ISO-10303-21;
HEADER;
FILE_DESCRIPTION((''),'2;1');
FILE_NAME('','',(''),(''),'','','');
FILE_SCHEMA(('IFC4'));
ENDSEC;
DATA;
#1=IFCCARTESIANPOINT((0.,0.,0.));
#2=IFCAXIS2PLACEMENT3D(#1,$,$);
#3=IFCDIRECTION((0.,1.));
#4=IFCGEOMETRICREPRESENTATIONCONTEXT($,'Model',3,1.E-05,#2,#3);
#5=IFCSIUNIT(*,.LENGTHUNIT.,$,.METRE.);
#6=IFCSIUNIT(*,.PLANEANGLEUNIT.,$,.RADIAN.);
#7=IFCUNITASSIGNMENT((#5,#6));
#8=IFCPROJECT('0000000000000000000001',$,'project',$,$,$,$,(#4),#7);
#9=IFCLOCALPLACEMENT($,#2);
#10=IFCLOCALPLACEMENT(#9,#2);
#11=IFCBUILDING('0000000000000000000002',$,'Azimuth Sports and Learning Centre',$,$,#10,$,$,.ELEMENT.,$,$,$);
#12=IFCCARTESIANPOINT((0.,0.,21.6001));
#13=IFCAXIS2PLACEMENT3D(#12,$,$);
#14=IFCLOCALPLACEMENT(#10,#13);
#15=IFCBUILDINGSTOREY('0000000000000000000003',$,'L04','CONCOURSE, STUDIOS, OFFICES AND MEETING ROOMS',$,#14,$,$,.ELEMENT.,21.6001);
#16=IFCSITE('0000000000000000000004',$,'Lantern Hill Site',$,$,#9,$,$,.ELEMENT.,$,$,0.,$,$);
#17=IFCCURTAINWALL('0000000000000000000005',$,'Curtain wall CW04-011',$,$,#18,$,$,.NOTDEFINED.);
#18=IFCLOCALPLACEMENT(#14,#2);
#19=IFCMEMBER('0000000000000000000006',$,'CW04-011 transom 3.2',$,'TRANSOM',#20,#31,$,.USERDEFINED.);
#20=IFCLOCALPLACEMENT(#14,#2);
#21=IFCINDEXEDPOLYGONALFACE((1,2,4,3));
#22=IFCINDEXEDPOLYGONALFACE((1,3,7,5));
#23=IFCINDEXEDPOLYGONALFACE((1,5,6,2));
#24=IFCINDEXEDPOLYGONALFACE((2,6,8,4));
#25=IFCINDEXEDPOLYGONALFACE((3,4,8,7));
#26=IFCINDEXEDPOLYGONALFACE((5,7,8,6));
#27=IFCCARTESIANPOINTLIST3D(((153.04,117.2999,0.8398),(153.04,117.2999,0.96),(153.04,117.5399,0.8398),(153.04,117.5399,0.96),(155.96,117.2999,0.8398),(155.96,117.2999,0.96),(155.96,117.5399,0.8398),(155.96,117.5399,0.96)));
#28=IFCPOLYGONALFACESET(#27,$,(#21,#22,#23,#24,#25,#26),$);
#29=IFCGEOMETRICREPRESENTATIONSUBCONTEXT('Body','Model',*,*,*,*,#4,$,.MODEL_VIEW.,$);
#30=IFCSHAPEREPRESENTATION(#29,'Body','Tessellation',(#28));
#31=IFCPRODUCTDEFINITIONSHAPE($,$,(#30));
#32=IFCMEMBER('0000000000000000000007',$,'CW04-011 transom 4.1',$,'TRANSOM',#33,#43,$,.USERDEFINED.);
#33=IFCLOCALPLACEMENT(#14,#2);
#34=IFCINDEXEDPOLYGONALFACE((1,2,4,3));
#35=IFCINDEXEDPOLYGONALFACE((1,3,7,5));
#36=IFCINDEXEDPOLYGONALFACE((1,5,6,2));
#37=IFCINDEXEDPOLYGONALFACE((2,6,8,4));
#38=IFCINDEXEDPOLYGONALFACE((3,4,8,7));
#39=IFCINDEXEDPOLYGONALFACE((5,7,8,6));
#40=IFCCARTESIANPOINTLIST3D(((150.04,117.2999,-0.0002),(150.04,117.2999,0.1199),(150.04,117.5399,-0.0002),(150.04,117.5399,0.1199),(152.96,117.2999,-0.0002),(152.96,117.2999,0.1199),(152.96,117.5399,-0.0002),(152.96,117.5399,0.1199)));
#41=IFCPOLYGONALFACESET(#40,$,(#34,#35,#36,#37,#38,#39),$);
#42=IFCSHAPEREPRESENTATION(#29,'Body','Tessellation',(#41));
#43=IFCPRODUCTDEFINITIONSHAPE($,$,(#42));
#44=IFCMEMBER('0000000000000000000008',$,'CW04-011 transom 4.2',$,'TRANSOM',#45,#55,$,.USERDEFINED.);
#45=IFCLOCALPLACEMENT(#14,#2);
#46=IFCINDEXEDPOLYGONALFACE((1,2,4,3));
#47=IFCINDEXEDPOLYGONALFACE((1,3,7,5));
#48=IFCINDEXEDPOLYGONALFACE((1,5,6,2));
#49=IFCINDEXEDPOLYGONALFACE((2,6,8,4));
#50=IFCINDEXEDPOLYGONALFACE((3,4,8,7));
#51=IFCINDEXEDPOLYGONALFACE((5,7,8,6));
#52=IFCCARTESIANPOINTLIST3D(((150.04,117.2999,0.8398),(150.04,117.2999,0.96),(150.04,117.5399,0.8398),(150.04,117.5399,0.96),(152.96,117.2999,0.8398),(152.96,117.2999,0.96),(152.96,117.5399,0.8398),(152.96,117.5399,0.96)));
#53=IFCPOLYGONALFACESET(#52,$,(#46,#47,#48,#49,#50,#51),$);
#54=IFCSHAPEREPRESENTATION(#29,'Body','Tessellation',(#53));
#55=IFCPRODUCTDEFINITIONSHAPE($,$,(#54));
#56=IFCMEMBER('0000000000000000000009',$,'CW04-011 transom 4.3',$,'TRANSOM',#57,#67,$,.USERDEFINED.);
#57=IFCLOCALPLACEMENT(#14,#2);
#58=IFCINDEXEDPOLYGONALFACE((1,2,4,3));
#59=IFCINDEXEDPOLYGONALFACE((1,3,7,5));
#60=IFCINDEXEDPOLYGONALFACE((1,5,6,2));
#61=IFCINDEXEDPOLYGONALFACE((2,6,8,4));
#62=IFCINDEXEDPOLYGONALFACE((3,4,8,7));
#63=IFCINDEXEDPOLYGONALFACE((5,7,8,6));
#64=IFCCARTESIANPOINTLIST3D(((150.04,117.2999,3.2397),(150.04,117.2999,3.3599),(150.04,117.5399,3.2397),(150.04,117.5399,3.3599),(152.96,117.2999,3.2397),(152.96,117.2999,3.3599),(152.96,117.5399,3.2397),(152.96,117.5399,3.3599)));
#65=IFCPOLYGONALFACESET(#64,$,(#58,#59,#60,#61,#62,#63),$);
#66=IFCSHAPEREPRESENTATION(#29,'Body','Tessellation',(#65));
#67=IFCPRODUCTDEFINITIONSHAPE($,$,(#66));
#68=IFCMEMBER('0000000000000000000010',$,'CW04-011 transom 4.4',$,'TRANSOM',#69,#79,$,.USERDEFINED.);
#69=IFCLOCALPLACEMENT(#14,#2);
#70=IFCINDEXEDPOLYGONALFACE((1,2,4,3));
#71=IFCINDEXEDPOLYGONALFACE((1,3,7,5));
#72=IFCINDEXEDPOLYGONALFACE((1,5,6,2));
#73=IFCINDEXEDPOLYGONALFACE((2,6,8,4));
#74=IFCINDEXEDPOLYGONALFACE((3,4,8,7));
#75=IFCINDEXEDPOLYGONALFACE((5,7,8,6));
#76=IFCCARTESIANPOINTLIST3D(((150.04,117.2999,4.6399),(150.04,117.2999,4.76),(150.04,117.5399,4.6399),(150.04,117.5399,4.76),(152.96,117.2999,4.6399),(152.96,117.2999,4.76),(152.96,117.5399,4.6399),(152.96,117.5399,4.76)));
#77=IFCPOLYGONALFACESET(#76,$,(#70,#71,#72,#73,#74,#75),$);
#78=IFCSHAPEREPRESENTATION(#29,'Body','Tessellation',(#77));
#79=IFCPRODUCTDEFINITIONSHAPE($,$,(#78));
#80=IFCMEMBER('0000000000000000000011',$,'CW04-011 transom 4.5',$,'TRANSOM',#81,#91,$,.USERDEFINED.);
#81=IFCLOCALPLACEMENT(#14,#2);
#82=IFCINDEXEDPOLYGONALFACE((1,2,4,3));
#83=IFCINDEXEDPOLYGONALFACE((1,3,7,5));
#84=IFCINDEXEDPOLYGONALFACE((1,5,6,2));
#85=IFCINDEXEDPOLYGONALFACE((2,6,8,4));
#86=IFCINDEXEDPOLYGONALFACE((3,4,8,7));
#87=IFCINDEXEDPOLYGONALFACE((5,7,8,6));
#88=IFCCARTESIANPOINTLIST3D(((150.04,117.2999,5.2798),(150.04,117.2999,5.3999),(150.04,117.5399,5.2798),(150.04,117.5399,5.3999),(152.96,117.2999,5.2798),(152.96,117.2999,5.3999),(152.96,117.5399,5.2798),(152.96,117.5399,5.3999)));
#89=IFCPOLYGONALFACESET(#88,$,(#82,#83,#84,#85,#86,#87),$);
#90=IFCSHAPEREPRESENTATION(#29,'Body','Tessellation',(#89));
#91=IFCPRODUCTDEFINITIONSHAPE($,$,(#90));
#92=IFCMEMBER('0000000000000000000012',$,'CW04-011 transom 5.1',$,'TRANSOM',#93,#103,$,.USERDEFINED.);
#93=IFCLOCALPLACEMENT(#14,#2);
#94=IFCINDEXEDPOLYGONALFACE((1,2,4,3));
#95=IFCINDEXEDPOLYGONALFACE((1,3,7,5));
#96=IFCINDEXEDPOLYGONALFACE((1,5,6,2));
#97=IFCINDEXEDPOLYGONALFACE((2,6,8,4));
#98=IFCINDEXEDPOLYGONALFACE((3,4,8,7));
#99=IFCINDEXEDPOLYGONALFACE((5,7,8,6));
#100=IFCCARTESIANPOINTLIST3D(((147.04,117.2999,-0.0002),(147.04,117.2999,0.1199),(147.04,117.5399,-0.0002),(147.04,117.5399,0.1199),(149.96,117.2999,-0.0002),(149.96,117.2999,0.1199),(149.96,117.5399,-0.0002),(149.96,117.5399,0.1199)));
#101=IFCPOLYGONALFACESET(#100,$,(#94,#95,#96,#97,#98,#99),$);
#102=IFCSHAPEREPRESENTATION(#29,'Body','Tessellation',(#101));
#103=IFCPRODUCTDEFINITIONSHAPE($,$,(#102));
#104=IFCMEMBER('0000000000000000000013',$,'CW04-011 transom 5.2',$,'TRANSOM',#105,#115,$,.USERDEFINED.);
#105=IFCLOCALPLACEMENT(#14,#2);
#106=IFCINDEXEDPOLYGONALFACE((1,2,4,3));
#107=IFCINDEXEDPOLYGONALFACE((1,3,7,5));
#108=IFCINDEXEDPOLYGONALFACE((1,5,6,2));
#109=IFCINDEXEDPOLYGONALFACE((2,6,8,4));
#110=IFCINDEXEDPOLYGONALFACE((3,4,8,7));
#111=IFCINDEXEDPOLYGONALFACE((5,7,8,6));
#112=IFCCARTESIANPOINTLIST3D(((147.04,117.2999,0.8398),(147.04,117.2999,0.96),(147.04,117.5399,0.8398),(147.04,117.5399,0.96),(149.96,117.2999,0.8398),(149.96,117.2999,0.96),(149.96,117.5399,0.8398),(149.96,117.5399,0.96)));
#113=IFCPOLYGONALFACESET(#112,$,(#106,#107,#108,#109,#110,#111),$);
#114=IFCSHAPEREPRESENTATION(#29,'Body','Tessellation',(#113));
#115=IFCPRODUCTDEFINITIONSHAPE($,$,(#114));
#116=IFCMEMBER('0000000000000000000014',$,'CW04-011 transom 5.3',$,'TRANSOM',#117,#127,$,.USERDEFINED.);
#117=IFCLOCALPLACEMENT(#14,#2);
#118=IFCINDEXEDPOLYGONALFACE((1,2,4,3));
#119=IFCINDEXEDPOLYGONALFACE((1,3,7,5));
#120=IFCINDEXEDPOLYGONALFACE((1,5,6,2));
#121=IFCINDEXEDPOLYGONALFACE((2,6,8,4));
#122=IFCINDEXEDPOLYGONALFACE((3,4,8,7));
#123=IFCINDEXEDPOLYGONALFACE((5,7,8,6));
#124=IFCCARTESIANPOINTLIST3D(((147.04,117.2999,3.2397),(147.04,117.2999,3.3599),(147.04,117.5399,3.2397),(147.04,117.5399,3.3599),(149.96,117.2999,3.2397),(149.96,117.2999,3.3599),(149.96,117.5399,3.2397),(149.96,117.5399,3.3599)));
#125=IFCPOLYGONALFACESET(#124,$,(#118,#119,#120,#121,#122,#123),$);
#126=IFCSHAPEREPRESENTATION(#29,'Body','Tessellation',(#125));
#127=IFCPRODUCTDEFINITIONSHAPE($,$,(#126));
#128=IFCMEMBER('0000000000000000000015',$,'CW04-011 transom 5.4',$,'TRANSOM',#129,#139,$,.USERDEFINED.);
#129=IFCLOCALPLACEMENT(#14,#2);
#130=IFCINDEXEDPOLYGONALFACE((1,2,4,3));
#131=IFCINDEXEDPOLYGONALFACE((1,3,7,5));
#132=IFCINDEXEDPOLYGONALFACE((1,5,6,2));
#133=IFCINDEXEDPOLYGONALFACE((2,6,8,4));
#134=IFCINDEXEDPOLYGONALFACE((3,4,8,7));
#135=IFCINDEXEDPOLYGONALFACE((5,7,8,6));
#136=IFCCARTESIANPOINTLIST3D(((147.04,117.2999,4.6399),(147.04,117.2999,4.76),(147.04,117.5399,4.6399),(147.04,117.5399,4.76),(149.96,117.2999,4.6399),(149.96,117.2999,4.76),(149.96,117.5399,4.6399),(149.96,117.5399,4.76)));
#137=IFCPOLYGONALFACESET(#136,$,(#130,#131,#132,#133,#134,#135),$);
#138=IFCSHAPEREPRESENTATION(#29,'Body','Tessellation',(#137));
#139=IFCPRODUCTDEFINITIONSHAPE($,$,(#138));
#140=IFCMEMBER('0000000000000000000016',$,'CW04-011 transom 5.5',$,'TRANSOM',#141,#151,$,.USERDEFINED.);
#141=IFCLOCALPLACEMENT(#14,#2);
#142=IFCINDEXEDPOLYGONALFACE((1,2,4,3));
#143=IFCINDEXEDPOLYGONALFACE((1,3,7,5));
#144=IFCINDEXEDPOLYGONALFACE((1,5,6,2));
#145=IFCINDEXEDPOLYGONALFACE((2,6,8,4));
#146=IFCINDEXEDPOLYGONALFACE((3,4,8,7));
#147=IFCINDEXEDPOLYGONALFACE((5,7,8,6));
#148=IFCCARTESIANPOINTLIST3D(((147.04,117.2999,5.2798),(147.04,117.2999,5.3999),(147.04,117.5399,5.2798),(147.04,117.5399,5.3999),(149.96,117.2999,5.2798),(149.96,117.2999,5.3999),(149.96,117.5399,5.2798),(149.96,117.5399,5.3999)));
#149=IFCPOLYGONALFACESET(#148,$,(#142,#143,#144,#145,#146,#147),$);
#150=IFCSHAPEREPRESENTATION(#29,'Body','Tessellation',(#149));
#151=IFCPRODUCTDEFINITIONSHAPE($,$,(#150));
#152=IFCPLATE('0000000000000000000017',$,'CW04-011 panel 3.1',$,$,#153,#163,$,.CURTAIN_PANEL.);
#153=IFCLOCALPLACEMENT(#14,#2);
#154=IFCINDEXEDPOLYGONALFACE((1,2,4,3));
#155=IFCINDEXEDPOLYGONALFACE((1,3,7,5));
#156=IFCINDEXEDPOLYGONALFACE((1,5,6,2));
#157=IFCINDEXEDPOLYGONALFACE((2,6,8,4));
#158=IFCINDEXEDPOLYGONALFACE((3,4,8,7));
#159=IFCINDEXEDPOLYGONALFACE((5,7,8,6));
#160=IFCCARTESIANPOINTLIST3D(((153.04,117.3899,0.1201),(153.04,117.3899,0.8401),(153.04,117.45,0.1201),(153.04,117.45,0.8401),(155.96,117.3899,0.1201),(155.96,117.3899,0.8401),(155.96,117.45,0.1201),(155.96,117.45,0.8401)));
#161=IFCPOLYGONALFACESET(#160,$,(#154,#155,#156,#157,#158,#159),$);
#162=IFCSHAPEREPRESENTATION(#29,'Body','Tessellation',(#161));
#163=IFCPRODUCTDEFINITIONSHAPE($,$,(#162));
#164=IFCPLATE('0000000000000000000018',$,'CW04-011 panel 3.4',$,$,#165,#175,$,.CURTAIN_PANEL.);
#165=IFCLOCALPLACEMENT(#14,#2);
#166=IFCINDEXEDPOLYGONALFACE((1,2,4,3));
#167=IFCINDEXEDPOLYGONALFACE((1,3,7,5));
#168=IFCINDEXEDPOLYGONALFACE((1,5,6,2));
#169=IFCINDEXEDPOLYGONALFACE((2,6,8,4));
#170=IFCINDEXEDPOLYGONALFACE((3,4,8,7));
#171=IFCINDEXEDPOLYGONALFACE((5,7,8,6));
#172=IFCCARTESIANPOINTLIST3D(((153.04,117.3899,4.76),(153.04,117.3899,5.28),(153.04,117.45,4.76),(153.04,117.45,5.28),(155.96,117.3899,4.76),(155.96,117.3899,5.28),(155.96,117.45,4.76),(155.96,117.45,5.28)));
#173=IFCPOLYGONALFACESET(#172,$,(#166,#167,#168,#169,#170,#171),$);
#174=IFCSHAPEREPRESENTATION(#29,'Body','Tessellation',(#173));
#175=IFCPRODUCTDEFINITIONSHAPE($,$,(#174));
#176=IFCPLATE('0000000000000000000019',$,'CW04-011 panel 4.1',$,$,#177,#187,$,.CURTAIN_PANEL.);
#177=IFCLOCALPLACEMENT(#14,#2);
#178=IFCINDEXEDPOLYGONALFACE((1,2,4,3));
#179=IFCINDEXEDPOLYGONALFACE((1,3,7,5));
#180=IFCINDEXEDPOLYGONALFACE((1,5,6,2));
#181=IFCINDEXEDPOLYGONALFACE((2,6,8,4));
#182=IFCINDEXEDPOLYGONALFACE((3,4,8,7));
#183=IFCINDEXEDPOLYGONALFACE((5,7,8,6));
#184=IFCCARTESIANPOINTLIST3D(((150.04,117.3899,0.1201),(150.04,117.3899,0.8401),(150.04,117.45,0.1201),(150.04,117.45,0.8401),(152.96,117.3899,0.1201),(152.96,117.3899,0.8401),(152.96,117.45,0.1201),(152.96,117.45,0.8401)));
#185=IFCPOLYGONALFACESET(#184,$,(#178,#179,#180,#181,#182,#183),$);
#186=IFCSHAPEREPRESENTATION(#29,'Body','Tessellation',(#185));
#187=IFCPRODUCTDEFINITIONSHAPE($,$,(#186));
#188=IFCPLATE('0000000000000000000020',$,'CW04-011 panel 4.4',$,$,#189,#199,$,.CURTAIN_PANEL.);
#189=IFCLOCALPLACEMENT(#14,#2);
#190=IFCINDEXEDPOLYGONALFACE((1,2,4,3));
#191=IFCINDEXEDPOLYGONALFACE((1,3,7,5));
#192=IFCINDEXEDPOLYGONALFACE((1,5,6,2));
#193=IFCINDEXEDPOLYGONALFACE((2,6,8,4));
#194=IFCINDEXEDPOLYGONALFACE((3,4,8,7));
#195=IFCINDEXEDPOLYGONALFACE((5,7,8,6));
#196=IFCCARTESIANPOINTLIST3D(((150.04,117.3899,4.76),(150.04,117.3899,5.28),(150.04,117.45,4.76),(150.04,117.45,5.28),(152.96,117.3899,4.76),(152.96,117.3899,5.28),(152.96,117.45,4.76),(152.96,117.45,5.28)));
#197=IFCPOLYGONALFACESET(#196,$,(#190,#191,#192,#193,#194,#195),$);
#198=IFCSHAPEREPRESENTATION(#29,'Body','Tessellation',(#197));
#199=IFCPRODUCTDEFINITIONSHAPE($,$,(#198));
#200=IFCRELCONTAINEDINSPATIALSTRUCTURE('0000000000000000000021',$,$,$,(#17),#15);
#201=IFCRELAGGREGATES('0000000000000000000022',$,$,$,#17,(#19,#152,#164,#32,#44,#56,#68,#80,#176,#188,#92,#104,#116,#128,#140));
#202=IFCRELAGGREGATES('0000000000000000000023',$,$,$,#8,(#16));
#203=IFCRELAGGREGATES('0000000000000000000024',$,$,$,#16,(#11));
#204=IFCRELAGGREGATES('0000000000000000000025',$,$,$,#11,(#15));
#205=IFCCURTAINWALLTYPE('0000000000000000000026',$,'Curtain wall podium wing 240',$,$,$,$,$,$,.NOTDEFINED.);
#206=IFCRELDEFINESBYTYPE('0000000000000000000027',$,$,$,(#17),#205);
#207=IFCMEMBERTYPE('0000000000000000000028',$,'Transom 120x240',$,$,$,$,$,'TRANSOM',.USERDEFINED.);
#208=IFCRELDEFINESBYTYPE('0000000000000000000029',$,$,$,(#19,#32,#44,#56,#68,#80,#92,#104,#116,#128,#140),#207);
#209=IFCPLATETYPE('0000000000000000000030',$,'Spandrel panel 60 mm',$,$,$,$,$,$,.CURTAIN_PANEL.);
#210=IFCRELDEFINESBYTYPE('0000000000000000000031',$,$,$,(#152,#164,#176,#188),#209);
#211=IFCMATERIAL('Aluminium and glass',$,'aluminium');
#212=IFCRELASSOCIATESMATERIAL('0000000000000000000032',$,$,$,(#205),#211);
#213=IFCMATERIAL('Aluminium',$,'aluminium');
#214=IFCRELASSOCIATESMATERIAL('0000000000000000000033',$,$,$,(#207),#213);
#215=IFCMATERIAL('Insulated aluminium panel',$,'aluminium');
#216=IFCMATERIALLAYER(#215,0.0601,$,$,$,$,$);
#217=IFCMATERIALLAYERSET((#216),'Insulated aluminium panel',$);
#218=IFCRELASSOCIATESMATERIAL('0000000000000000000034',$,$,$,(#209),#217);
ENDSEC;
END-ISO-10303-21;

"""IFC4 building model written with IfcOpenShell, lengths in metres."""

from ifc_helpers import new_model, si_unit, direction, frame, origin, origin_2d, place, context, subcontext, project, spatial, rectangle, extrude, material, layer, layer_set, material_profile, profile_set, type_object, element, aggregate, save


model = new_model("IFC4")

# Units and contexts
model_context = context("Model", 3, precision=1e-05, world=origin(), true_north=direction((0.0, 1.0)))
body_context = subcontext(model_context, "Body", "Model", "MODEL_VIEW")
ifc_project = project(units=[si_unit("LENGTHUNIT", "METRE"), si_unit("PLANEANGLEUNIT", "RADIAN")], contexts=[model_context])

# Site, building, storey
site_placement = place(None, origin())
site = spatial("IfcSite", under=ifc_project, at=site_placement, Name="Lantern Hill Site", CompositionType="ELEMENT", RefElevation=0.0)
building_placement = place(site_placement, origin())
building = spatial("IfcBuilding", under=site, at=building_placement, Name="Azimuth Sports and Learning Centre", CompositionType="ELEMENT")
storey_placement = place(building_placement, frame((0.0, 0.0, 21.6001)))
storey = spatial("IfcBuildingStorey", under=building, at=storey_placement, Name="L04", Description="CONCOURSE, STUDIOS, OFFICES AND MEETING ROOMS", CompositionType="ELEMENT", Elevation=21.6001)

# Curtain wall, members, plates
ifc_material_1 = material(Name="Aluminium and glass", Category="aluminium")
curtain_wall_type = type_object("IfcCurtainWallType", Name="Curtain wall podium wing 240", PredefinedType="NOTDEFINED", material=ifc_material_1)
curtain_wall_placement = place(storey_placement, origin())
curtain_wall = element("IfcCurtainWall", 1, at=curtain_wall_placement, inside=storey, type_object=curtain_wall_type, Name="Curtain wall CW04-011", PredefinedType="NOTDEFINED")
ifc_material_2 = material(Name="Aluminium", Category="aluminium")
ifc_material_profile_1 = material_profile(ifc_material_2, rectangle(XDim=0.24, YDim=0.1201, at=origin_2d()), Name="Transom 120x240")
ifc_profile_set_1 = profile_set([ifc_material_profile_1], Name="Aluminium")
member_type_1 = type_object("IfcMemberType", Name="Transom 120x240", ElementType="TRANSOM", PredefinedType="USERDEFINED", material=ifc_profile_set_1)
member_1_placement = place(storey_placement, frame((155.96, 117.4199, 0.8999), z_axis=(-1.0, 0.0, 0.0), x_axis=(0.0, -1.0, 0.0)))
member_1 = element("IfcMember", 2, at=member_1_placement, type_object=member_type_1, Name="CW04-011 transom 3.2", ObjectType="TRANSOM", PredefinedType="USERDEFINED", context=body_context, shape_type="SweptSolid", body=[
    extrude(rectangle(XDim=0.24, YDim=0.1201, at=origin_2d()), origin(), (0.0, 0.0, 1.0), 2.9199),
])
member_2_placement = place(storey_placement, frame((152.96, 117.4199, 0.0598), z_axis=(-1.0, 0.0, 0.0), x_axis=(0.0, -1.0, 0.0)))
member_2 = element("IfcMember", 3, at=member_2_placement, type_object=member_type_1, Name="CW04-011 transom 4.1", ObjectType="TRANSOM", PredefinedType="USERDEFINED", context=body_context, shape_type="SweptSolid", body=[
    extrude(rectangle(XDim=0.24, YDim=0.1201, at=origin_2d()), origin(), (0.0, 0.0, 1.0), 2.9199),
])
member_3_placement = place(storey_placement, frame((152.96, 117.4199, 0.8999), z_axis=(-1.0, 0.0, 0.0), x_axis=(0.0, -1.0, 0.0)))
member_3 = element("IfcMember", 4, at=member_3_placement, type_object=member_type_1, Name="CW04-011 transom 4.2", ObjectType="TRANSOM", PredefinedType="USERDEFINED", context=body_context, shape_type="SweptSolid", body=[
    extrude(rectangle(XDim=0.24, YDim=0.1201, at=origin_2d()), origin(), (0.0, 0.0, 1.0), 2.9199),
])
member_4_placement = place(storey_placement, frame((152.96, 117.4199, 3.2998), z_axis=(-1.0, 0.0, 0.0), x_axis=(0.0, -1.0, 0.0)))
member_4 = element("IfcMember", 5, at=member_4_placement, type_object=member_type_1, Name="CW04-011 transom 4.3", ObjectType="TRANSOM", PredefinedType="USERDEFINED", context=body_context, shape_type="SweptSolid", body=[
    extrude(rectangle(XDim=0.24, YDim=0.1201, at=origin_2d()), origin(), (0.0, 0.0, 1.0), 2.9199),
])
member_5_placement = place(storey_placement, frame((152.96, 117.4199, 4.7), z_axis=(-1.0, 0.0, 0.0), x_axis=(0.0, -1.0, 0.0)))
member_5 = element("IfcMember", 6, at=member_5_placement, type_object=member_type_1, Name="CW04-011 transom 4.4", ObjectType="TRANSOM", PredefinedType="USERDEFINED", context=body_context, shape_type="SweptSolid", body=[
    extrude(rectangle(XDim=0.24, YDim=0.1201, at=origin_2d()), origin(), (0.0, 0.0, 1.0), 2.9199),
])
member_6_placement = place(storey_placement, frame((152.96, 117.4199, 5.3398), z_axis=(-1.0, 0.0, 0.0), x_axis=(0.0, -1.0, 0.0)))
member_6 = element("IfcMember", 7, at=member_6_placement, type_object=member_type_1, Name="CW04-011 transom 4.5", ObjectType="TRANSOM", PredefinedType="USERDEFINED", context=body_context, shape_type="SweptSolid", body=[
    extrude(rectangle(XDim=0.24, YDim=0.1201, at=origin_2d()), origin(), (0.0, 0.0, 1.0), 2.9199),
])
member_7_placement = place(storey_placement, frame((149.96, 117.4199, 0.0598), z_axis=(-1.0, 0.0, 0.0), x_axis=(0.0, -1.0, 0.0)))
member_7 = element("IfcMember", 8, at=member_7_placement, type_object=member_type_1, Name="CW04-011 transom 5.1", ObjectType="TRANSOM", PredefinedType="USERDEFINED", context=body_context, shape_type="SweptSolid", body=[
    extrude(rectangle(XDim=0.24, YDim=0.1201, at=origin_2d()), origin(), (0.0, 0.0, 1.0), 2.9199),
])
member_8_placement = place(storey_placement, frame((149.96, 117.4199, 0.8999), z_axis=(-1.0, 0.0, 0.0), x_axis=(0.0, -1.0, 0.0)))
member_8 = element("IfcMember", 9, at=member_8_placement, type_object=member_type_1, Name="CW04-011 transom 5.2", ObjectType="TRANSOM", PredefinedType="USERDEFINED", context=body_context, shape_type="SweptSolid", body=[
    extrude(rectangle(XDim=0.24, YDim=0.1201, at=origin_2d()), origin(), (0.0, 0.0, 1.0), 2.9199),
])
member_9_placement = place(storey_placement, frame((149.96, 117.4199, 3.2998), z_axis=(-1.0, 0.0, 0.0), x_axis=(0.0, -1.0, 0.0)))
member_9 = element("IfcMember", 10, at=member_9_placement, type_object=member_type_1, Name="CW04-011 transom 5.3", ObjectType="TRANSOM", PredefinedType="USERDEFINED", context=body_context, shape_type="SweptSolid", body=[
    extrude(rectangle(XDim=0.24, YDim=0.1201, at=origin_2d()), origin(), (0.0, 0.0, 1.0), 2.9199),
])
member_10_placement = place(storey_placement, frame((149.96, 117.4199, 4.7), z_axis=(-1.0, 0.0, 0.0), x_axis=(0.0, -1.0, 0.0)))
member_10 = element("IfcMember", 11, at=member_10_placement, type_object=member_type_1, Name="CW04-011 transom 5.4", ObjectType="TRANSOM", PredefinedType="USERDEFINED", context=body_context, shape_type="SweptSolid", body=[
    extrude(rectangle(XDim=0.24, YDim=0.1201, at=origin_2d()), origin(), (0.0, 0.0, 1.0), 2.9199),
])
member_11_placement = place(storey_placement, frame((149.96, 117.4199, 5.3398), z_axis=(-1.0, 0.0, 0.0), x_axis=(0.0, -1.0, 0.0)))
member_11 = element("IfcMember", 12, at=member_11_placement, type_object=member_type_1, Name="CW04-011 transom 5.5", ObjectType="TRANSOM", PredefinedType="USERDEFINED", context=body_context, shape_type="SweptSolid", body=[
    extrude(rectangle(XDim=0.24, YDim=0.1201, at=origin_2d()), origin(), (0.0, 0.0, 1.0), 2.9199),
])
ifc_material_3 = material(Name="Insulated aluminium panel", Category="aluminium")
ifc_layer_1 = layer(ifc_material_3, 0.0601)
ifc_layer_set_1 = layer_set([ifc_layer_1], Name="Insulated aluminium panel")
plate_type_1 = type_object("IfcPlateType", Name="Spandrel panel 60 mm", PredefinedType="CURTAIN_PANEL", material=ifc_layer_set_1)
plate_1_placement = place(storey_placement, frame((154.5, 117.4199, 0.1201), z_axis=(0.0, 0.0, 1.0), x_axis=(-1.0, 0.0, 0.0)))
plate_1 = element("IfcPlate", 13, at=plate_1_placement, type_object=plate_type_1, Name="CW04-011 panel 3.1", PredefinedType="CURTAIN_PANEL", context=body_context, shape_type="SweptSolid", body=[
    extrude(rectangle(XDim=2.9199, YDim=0.0601, at=origin_2d()), origin(), (0.0, 0.0, 1.0), 0.72),
])
plate_2_placement = place(storey_placement, frame((154.5, 117.4199, 4.76), z_axis=(0.0, 0.0, 1.0), x_axis=(-1.0, 0.0, 0.0)))
plate_2 = element("IfcPlate", 14, at=plate_2_placement, type_object=plate_type_1, Name="CW04-011 panel 3.4", PredefinedType="CURTAIN_PANEL", context=body_context, shape_type="SweptSolid", body=[
    extrude(rectangle(XDim=2.9199, YDim=0.0601, at=origin_2d()), origin(), (0.0, 0.0, 1.0), 0.52),
])
plate_3_placement = place(storey_placement, frame((151.5, 117.4199, 0.1201), z_axis=(0.0, 0.0, 1.0), x_axis=(-1.0, 0.0, 0.0)))
plate_3 = element("IfcPlate", 15, at=plate_3_placement, type_object=plate_type_1, Name="CW04-011 panel 4.1", PredefinedType="CURTAIN_PANEL", context=body_context, shape_type="SweptSolid", body=[
    extrude(rectangle(XDim=2.9199, YDim=0.0601, at=origin_2d()), origin(), (0.0, 0.0, 1.0), 0.72),
])
plate_4_placement = place(storey_placement, frame((151.5, 117.4199, 4.76), z_axis=(0.0, 0.0, 1.0), x_axis=(-1.0, 0.0, 0.0)))
plate_4 = element("IfcPlate", 16, at=plate_4_placement, type_object=plate_type_1, Name="CW04-011 panel 4.4", PredefinedType="CURTAIN_PANEL", context=body_context, shape_type="SweptSolid", body=[
    extrude(rectangle(XDim=2.9199, YDim=0.0601, at=origin_2d()), origin(), (0.0, 0.0, 1.0), 0.52),
])
aggregate(curtain_wall, [member_1, plate_1, plate_2, member_2, member_3, member_4, member_5, member_6, plate_3, plate_4, member_7, member_8, member_9, member_10, member_11])

save(model, "model.ifc")
